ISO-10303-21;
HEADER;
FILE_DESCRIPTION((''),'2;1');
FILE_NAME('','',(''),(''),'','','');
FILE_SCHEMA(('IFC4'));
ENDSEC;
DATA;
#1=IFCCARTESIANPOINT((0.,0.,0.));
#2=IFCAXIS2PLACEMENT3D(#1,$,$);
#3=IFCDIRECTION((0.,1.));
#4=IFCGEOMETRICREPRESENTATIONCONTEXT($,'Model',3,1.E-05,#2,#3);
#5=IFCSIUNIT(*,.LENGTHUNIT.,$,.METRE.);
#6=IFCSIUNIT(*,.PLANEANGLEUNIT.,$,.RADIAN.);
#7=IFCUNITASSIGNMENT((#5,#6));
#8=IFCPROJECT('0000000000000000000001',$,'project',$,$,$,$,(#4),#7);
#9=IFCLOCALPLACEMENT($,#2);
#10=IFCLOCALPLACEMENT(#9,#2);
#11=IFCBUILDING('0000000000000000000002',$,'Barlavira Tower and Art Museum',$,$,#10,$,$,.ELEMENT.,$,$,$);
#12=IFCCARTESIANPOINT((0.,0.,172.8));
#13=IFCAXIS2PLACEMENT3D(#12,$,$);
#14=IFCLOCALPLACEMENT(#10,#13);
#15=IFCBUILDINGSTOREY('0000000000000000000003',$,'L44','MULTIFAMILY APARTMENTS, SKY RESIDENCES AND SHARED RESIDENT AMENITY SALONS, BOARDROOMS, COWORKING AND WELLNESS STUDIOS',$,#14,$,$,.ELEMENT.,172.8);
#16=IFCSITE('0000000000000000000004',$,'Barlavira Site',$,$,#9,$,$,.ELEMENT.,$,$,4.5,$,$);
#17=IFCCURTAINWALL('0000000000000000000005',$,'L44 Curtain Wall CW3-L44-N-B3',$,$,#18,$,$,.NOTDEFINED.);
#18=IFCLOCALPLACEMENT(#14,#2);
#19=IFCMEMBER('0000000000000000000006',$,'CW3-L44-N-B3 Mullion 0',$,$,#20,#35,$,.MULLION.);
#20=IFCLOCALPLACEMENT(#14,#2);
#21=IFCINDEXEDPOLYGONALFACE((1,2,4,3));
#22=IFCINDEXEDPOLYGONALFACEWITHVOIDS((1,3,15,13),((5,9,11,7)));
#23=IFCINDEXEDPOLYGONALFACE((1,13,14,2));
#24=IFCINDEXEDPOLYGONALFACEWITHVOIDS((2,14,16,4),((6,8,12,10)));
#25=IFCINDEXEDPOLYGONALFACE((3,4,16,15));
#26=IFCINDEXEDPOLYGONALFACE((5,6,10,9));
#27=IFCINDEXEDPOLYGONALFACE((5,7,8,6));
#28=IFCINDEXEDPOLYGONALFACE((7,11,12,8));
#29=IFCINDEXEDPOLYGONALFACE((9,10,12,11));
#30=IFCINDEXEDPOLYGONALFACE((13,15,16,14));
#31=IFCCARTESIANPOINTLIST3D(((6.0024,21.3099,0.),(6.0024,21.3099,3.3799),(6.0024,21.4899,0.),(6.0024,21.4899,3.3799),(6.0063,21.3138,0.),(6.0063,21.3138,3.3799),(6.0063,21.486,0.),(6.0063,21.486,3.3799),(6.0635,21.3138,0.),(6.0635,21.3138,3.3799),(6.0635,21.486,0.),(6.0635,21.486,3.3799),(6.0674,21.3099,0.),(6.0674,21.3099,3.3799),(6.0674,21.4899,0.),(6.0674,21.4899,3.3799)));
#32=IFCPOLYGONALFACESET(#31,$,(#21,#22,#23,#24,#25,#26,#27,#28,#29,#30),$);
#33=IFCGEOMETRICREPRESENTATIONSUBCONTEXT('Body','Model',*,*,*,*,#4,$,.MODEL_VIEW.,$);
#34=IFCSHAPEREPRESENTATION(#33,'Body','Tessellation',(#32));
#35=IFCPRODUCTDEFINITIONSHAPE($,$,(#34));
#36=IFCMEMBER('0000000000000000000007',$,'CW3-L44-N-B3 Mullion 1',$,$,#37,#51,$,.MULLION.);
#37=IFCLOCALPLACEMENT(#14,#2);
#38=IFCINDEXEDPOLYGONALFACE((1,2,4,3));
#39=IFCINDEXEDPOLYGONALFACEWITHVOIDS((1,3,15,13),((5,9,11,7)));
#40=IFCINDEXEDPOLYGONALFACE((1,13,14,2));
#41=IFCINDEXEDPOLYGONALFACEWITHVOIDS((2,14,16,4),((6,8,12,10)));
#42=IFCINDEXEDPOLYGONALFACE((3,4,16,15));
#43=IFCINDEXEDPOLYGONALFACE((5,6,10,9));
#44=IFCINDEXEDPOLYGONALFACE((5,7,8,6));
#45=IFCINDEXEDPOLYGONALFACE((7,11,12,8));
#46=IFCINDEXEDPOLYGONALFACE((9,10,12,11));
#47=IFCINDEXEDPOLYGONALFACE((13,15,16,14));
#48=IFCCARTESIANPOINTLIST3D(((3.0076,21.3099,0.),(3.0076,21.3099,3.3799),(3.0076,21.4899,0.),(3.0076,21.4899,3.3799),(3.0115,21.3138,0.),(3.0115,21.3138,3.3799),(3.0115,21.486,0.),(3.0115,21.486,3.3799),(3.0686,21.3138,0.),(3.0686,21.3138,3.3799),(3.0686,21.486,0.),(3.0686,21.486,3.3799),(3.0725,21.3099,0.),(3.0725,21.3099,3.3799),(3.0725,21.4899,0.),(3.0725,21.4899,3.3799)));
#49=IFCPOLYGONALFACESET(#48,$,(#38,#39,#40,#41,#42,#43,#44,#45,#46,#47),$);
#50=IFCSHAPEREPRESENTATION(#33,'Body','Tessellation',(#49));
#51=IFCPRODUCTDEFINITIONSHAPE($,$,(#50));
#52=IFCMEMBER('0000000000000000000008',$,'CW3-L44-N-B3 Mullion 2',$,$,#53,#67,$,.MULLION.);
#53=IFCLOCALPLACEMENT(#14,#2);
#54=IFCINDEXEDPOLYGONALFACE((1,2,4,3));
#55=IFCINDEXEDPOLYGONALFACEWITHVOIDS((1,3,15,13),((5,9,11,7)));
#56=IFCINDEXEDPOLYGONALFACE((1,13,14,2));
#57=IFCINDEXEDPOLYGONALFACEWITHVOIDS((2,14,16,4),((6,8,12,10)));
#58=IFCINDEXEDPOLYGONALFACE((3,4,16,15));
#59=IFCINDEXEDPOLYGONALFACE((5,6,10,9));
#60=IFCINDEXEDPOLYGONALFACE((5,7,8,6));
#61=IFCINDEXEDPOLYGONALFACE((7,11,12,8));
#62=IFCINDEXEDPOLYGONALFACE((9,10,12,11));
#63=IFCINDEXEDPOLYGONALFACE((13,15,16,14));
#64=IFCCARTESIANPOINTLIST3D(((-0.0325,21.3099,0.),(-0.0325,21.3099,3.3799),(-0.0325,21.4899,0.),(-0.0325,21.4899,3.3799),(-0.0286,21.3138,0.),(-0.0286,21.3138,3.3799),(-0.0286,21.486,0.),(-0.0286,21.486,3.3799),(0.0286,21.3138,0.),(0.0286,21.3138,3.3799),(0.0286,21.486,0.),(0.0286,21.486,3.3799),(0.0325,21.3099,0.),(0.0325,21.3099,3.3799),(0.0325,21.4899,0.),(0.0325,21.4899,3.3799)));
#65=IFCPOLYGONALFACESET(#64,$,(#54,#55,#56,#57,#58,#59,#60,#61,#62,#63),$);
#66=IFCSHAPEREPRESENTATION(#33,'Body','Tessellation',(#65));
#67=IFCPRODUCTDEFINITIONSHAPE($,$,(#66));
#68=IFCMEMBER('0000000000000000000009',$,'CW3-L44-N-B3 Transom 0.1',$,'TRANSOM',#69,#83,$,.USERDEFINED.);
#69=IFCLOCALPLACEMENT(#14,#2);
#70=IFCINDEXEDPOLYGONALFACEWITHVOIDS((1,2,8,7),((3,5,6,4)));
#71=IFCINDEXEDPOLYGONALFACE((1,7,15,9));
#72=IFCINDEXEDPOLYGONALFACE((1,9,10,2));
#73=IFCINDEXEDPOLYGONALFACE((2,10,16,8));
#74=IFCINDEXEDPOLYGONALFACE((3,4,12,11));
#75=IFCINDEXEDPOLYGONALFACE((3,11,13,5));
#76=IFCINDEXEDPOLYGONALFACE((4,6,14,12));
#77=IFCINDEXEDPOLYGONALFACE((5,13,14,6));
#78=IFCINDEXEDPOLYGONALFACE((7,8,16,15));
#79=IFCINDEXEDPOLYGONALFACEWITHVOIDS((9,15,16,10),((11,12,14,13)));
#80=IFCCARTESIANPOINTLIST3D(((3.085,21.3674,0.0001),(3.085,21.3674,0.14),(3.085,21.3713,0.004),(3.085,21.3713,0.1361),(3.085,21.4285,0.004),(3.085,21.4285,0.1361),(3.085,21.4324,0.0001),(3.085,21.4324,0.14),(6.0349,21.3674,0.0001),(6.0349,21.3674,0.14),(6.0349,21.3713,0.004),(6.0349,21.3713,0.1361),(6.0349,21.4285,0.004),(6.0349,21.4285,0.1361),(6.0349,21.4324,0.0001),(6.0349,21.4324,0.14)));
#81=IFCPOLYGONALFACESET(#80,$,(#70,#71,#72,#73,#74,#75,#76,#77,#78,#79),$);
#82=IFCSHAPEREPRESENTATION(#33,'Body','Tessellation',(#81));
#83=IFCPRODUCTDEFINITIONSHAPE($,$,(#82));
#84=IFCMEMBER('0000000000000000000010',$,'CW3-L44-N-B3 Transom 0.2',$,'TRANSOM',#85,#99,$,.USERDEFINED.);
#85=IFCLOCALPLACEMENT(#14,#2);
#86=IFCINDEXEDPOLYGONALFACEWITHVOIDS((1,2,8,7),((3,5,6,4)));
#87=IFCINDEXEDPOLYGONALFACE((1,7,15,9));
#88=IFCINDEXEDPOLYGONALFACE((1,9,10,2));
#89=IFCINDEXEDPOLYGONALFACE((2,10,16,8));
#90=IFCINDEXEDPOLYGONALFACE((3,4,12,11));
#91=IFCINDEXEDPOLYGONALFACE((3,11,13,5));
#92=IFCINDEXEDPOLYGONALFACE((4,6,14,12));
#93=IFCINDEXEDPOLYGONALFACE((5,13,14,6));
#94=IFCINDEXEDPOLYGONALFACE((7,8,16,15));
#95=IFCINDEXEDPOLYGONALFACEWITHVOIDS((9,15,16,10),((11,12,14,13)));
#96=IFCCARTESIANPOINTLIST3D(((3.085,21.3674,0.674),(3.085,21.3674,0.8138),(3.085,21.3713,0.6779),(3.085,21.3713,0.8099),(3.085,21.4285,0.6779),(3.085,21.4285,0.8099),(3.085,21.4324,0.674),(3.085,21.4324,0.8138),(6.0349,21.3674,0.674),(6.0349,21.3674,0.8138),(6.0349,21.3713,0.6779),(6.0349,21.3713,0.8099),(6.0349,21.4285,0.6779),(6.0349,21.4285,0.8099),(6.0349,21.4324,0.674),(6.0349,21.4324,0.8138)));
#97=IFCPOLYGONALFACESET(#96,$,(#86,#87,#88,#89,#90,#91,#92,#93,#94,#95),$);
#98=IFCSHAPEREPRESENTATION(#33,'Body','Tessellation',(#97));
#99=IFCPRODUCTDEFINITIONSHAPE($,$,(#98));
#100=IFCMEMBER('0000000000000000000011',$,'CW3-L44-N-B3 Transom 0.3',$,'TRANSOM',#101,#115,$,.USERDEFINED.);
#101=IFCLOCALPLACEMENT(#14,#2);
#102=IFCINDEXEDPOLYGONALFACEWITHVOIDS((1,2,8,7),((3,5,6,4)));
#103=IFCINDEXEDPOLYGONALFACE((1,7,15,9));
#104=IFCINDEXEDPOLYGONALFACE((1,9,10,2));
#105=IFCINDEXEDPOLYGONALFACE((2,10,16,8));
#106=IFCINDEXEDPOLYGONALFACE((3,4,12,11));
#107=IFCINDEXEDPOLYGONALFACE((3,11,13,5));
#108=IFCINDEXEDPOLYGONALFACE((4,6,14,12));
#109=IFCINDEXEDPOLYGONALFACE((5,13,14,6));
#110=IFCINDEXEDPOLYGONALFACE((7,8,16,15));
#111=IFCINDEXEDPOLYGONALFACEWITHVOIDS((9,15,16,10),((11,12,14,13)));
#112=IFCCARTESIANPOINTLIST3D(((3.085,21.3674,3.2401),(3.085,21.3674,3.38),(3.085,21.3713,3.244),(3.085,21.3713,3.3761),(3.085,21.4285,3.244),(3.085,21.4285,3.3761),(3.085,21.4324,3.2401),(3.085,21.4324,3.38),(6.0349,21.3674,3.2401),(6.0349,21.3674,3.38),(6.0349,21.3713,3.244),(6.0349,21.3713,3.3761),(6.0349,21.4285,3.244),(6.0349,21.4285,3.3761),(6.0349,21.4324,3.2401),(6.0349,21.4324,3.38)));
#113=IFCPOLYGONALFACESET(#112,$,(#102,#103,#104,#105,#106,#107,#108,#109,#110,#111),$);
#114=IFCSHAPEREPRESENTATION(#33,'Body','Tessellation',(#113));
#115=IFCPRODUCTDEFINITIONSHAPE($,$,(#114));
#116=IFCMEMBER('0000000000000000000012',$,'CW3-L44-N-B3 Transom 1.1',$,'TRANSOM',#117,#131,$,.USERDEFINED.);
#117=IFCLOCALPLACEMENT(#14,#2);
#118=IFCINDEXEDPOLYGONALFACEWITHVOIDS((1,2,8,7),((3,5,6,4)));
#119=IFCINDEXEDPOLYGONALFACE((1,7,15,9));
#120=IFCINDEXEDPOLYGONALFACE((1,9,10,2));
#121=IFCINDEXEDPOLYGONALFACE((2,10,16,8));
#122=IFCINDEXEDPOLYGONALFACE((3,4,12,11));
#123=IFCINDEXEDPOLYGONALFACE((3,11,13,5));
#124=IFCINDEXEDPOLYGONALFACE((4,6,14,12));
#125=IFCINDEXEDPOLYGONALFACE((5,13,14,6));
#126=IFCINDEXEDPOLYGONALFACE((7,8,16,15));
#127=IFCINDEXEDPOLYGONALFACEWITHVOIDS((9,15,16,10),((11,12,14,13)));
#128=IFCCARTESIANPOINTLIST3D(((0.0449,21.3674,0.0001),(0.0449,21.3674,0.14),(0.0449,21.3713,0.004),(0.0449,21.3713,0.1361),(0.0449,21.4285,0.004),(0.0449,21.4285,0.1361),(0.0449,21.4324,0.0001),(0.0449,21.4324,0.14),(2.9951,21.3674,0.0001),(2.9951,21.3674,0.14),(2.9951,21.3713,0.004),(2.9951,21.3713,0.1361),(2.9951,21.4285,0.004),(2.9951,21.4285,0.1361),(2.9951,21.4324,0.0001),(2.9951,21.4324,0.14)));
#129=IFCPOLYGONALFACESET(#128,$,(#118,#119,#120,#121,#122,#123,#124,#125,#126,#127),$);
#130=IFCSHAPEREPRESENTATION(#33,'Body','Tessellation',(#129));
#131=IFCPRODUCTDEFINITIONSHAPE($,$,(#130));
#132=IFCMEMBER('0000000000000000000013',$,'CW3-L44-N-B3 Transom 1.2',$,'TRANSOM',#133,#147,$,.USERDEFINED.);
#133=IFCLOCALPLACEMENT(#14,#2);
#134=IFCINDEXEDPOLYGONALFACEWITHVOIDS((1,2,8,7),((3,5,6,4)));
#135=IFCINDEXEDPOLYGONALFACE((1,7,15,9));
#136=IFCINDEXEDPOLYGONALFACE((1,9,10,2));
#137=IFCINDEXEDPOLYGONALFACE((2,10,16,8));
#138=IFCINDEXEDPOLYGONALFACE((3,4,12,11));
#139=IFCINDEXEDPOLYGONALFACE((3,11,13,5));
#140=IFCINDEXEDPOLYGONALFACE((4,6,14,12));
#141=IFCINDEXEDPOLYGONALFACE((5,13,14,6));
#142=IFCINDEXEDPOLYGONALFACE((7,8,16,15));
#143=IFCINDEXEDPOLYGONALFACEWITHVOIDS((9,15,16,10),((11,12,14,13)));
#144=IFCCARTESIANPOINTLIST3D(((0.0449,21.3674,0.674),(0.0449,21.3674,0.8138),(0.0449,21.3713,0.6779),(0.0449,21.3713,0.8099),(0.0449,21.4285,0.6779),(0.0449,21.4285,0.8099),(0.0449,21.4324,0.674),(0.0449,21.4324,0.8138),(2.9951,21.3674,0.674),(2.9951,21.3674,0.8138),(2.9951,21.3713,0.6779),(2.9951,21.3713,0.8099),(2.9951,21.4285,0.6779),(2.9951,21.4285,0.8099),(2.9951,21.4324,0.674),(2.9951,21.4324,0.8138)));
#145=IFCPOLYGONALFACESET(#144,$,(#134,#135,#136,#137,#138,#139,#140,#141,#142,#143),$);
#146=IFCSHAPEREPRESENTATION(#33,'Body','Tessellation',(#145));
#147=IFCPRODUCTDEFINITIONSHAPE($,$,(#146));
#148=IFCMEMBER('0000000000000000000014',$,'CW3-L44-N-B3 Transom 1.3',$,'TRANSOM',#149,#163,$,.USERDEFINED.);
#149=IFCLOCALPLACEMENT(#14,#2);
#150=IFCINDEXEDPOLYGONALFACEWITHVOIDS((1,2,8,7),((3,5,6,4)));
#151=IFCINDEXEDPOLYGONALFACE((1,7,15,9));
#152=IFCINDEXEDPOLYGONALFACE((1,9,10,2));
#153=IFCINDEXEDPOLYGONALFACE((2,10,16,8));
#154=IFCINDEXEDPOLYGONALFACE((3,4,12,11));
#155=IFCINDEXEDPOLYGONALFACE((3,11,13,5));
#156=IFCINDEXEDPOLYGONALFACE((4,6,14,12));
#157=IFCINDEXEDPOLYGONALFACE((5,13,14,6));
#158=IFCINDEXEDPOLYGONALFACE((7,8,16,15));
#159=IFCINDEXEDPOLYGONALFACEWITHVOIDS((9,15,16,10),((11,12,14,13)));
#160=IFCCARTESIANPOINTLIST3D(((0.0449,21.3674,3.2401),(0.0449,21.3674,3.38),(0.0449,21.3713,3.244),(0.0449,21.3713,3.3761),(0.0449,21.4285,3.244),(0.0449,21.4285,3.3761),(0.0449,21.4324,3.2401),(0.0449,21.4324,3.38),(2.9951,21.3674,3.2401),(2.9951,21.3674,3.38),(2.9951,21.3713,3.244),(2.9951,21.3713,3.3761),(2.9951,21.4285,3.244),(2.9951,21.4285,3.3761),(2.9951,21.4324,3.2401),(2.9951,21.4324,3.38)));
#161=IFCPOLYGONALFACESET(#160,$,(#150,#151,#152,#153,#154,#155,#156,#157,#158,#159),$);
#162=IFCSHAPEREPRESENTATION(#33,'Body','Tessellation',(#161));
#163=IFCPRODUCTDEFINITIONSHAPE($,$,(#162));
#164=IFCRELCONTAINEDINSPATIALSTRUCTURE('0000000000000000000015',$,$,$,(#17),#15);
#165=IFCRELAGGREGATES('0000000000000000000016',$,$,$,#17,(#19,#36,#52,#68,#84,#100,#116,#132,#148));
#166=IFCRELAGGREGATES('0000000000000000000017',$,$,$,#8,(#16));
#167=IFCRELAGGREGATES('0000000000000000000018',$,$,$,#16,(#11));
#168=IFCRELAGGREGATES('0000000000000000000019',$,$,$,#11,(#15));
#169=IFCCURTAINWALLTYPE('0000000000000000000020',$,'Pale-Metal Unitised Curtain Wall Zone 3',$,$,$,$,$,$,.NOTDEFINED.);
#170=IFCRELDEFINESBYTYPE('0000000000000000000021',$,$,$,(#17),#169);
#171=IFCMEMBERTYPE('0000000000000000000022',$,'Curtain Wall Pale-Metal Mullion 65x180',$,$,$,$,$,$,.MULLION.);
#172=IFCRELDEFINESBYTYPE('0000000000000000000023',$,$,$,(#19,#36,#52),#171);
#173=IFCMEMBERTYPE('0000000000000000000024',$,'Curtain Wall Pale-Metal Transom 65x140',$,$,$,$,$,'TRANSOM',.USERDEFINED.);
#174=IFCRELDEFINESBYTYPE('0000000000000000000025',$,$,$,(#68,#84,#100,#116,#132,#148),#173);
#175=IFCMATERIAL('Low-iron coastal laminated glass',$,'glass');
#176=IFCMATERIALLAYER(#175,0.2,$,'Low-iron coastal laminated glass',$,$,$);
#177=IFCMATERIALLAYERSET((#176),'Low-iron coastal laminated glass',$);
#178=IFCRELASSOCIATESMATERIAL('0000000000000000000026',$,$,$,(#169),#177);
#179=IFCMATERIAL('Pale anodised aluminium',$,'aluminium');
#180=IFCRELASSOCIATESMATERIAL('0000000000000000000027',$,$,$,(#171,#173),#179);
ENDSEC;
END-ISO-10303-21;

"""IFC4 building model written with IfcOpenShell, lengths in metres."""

from ifc_helpers import new_model, si_unit, direction, frame, origin, origin_2d, place, context, subcontext, project, spatial, hollow_rectangle, extrude, material, layer, layer_set, material_profile, profile_set, type_object, element, aggregate, save


model = new_model("IFC4")

# Units and contexts
model_context = context("Model", 3, precision=1e-05, world=origin(), true_north=direction((0.0, 1.0)))
body_context = subcontext(model_context, "Body", "Model", "MODEL_VIEW")
ifc_project = project(units=[si_unit("LENGTHUNIT", "METRE"), si_unit("PLANEANGLEUNIT", "RADIAN")], contexts=[model_context])

# Site, building, storey
site_placement = place(None, origin())
site = spatial("IfcSite", under=ifc_project, at=site_placement, Name="Barlavira Site", CompositionType="ELEMENT", RefElevation=4.5)
building_placement = place(site_placement, origin())
building = spatial("IfcBuilding", under=site, at=building_placement, Name="Barlavira Tower and Art Museum", CompositionType="ELEMENT")
storey_placement = place(building_placement, frame((0.0, 0.0, 172.8)))
storey = spatial("IfcBuildingStorey", under=building, at=storey_placement, Name="L44", Description="MULTIFAMILY APARTMENTS, SKY RESIDENCES AND SHARED RESIDENT AMENITY SALONS, BOARDROOMS, COWORKING AND WELLNESS STUDIOS", CompositionType="ELEMENT", Elevation=172.8)

# Curtain wall, members
ifc_material_1 = material(Name="Low-iron coastal laminated glass", Category="glass")
ifc_layer_1 = layer(ifc_material_1, 0.2, Name="Low-iron coastal laminated glass")
ifc_layer_set_1 = layer_set([ifc_layer_1], Name="Low-iron coastal laminated glass")
curtain_wall_type = type_object("IfcCurtainWallType", Name="Pale-Metal Unitised Curtain Wall Zone 3", PredefinedType="NOTDEFINED", material=ifc_layer_set_1)
curtain_wall_placement = place(storey_placement, origin())
curtain_wall = element("IfcCurtainWall", 1, at=curtain_wall_placement, inside=storey, type_object=curtain_wall_type, Name="L44 Curtain Wall CW3-L44-N-B3", PredefinedType="NOTDEFINED")
ifc_material_2 = material(Name="Pale anodised aluminium", Category="aluminium")
ifc_material_profile_1 = material_profile(ifc_material_2, hollow_rectangle(XDim=0.0649, YDim=0.1799, WallThickness=0.0039, at=origin_2d()), Name="ALU-MULL 65x180x4")
ifc_profile_set_1 = profile_set([ifc_material_profile_1], Name="Pale anodised aluminium")
member_type_1 = type_object("IfcMemberType", Name="Curtain Wall Pale-Metal Mullion 65x180", PredefinedType="MULLION", material=ifc_profile_set_1)
member_1_placement = place(storey_placement, frame((6.0349, 21.3999, 0.0), z_axis=(0.0, 0.0, 1.0), x_axis=(-1.0, 0.0, 0.0)))
member_1 = element("IfcMember", 2, at=member_1_placement, type_object=member_type_1, Name="CW3-L44-N-B3 Mullion 0", PredefinedType="MULLION", context=body_context, shape_type="SweptSolid", body=[
    extrude(hollow_rectangle(XDim=0.0649, YDim=0.1799, WallThickness=0.0039, at=origin_2d()), origin(), (0.0, 0.0, 1.0), 3.3799),
])
member_2_placement = place(storey_placement, frame((3.04, 21.3999, 0.0), z_axis=(0.0, 0.0, 1.0), x_axis=(-1.0, 0.0, 0.0)))
member_2 = element("IfcMember", 3, at=member_2_placement, type_object=member_type_1, Name="CW3-L44-N-B3 Mullion 1", PredefinedType="MULLION", context=body_context, shape_type="SweptSolid", body=[
    extrude(hollow_rectangle(XDim=0.0649, YDim=0.1799, WallThickness=0.0039, at=origin_2d()), origin(), (0.0, 0.0, 1.0), 3.3799),
])
member_3_placement = place(storey_placement, frame((0.0, 21.3999, 0.0), z_axis=(0.0, 0.0, 1.0), x_axis=(-1.0, 0.0, 0.0)))
member_3 = element("IfcMember", 4, at=member_3_placement, type_object=member_type_1, Name="CW3-L44-N-B3 Mullion 2", PredefinedType="MULLION", context=body_context, shape_type="SweptSolid", body=[
    extrude(hollow_rectangle(XDim=0.0649, YDim=0.1799, WallThickness=0.0039, at=origin_2d()), origin(), (0.0, 0.0, 1.0), 3.3799),
])
ifc_material_profile_2 = material_profile(ifc_material_2, hollow_rectangle(XDim=0.0649, YDim=0.1399, WallThickness=0.0039, at=origin_2d()), Name="ALU-TRAN 65x140x4")
ifc_profile_set_2 = profile_set([ifc_material_profile_2], Name="Pale anodised aluminium")
member_type_2 = type_object("IfcMemberType", Name="Curtain Wall Pale-Metal Transom 65x140", ElementType="TRANSOM", PredefinedType="USERDEFINED", material=ifc_profile_set_2)
member_4_placement = place(storey_placement, frame((6.0349, 21.3999, 0.0701), z_axis=(-1.0, 0.0, 0.0), x_axis=(0.0, -1.0, 0.0)))
member_4 = element("IfcMember", 5, at=member_4_placement, type_object=member_type_2, Name="CW3-L44-N-B3 Transom 0.1", ObjectType="TRANSOM", PredefinedType="USERDEFINED", context=body_context, shape_type="SweptSolid", body=[
    extrude(hollow_rectangle(XDim=0.0649, YDim=0.1399, WallThickness=0.0039, at=origin_2d()), origin(), (0.0, 0.0, 1.0), 2.95),
])
member_5_placement = place(storey_placement, frame((6.0349, 21.3999, 0.7439), z_axis=(-1.0, 0.0, 0.0), x_axis=(0.0, -1.0, 0.0)))
member_5 = element("IfcMember", 6, at=member_5_placement, type_object=member_type_2, Name="CW3-L44-N-B3 Transom 0.2", ObjectType="TRANSOM", PredefinedType="USERDEFINED", context=body_context, shape_type="SweptSolid", body=[
    extrude(hollow_rectangle(XDim=0.0649, YDim=0.1399, WallThickness=0.0039, at=origin_2d()), origin(), (0.0, 0.0, 1.0), 2.95),
])
member_6_placement = place(storey_placement, frame((6.0349, 21.3999, 3.3101), z_axis=(-1.0, 0.0, 0.0), x_axis=(0.0, -1.0, 0.0)))
member_6 = element("IfcMember", 7, at=member_6_placement, type_object=member_type_2, Name="CW3-L44-N-B3 Transom 0.3", ObjectType="TRANSOM", PredefinedType="USERDEFINED", context=body_context, shape_type="SweptSolid", body=[
    extrude(hollow_rectangle(XDim=0.0649, YDim=0.1399, WallThickness=0.0039, at=origin_2d()), origin(), (0.0, 0.0, 1.0), 2.95),
])
member_7_placement = place(storey_placement, frame((2.9951, 21.3999, 0.0701), z_axis=(-1.0, 0.0, 0.0), x_axis=(0.0, -1.0, 0.0)))
member_7 = element("IfcMember", 8, at=member_7_placement, type_object=member_type_2, Name="CW3-L44-N-B3 Transom 1.1", ObjectType="TRANSOM", PredefinedType="USERDEFINED", context=body_context, shape_type="SweptSolid", body=[
    extrude(hollow_rectangle(XDim=0.0649, YDim=0.1399, WallThickness=0.0039, at=origin_2d()), origin(), (0.0, 0.0, 1.0), 2.9502),
])
member_8_placement = place(storey_placement, frame((2.9951, 21.3999, 0.7439), z_axis=(-1.0, 0.0, 0.0), x_axis=(0.0, -1.0, 0.0)))
member_8 = element("IfcMember", 9, at=member_8_placement, type_object=member_type_2, Name="CW3-L44-N-B3 Transom 1.2", ObjectType="TRANSOM", PredefinedType="USERDEFINED", context=body_context, shape_type="SweptSolid", body=[
    extrude(hollow_rectangle(XDim=0.0649, YDim=0.1399, WallThickness=0.0039, at=origin_2d()), origin(), (0.0, 0.0, 1.0), 2.9502),
])
member_9_placement = place(storey_placement, frame((2.9951, 21.3999, 3.3101), z_axis=(-1.0, 0.0, 0.0), x_axis=(0.0, -1.0, 0.0)))
member_9 = element("IfcMember", 10, at=member_9_placement, type_object=member_type_2, Name="CW3-L44-N-B3 Transom 1.3", ObjectType="TRANSOM", PredefinedType="USERDEFINED", context=body_context, shape_type="SweptSolid", body=[
    extrude(hollow_rectangle(XDim=0.0649, YDim=0.1399, WallThickness=0.0039, at=origin_2d()), origin(), (0.0, 0.0, 1.0), 2.9502),
])

aggregate(curtain_wall, [member_1, member_2, member_3, member_4, member_5, member_6, member_7, member_8, member_9])

save(model, "model.ifc")
